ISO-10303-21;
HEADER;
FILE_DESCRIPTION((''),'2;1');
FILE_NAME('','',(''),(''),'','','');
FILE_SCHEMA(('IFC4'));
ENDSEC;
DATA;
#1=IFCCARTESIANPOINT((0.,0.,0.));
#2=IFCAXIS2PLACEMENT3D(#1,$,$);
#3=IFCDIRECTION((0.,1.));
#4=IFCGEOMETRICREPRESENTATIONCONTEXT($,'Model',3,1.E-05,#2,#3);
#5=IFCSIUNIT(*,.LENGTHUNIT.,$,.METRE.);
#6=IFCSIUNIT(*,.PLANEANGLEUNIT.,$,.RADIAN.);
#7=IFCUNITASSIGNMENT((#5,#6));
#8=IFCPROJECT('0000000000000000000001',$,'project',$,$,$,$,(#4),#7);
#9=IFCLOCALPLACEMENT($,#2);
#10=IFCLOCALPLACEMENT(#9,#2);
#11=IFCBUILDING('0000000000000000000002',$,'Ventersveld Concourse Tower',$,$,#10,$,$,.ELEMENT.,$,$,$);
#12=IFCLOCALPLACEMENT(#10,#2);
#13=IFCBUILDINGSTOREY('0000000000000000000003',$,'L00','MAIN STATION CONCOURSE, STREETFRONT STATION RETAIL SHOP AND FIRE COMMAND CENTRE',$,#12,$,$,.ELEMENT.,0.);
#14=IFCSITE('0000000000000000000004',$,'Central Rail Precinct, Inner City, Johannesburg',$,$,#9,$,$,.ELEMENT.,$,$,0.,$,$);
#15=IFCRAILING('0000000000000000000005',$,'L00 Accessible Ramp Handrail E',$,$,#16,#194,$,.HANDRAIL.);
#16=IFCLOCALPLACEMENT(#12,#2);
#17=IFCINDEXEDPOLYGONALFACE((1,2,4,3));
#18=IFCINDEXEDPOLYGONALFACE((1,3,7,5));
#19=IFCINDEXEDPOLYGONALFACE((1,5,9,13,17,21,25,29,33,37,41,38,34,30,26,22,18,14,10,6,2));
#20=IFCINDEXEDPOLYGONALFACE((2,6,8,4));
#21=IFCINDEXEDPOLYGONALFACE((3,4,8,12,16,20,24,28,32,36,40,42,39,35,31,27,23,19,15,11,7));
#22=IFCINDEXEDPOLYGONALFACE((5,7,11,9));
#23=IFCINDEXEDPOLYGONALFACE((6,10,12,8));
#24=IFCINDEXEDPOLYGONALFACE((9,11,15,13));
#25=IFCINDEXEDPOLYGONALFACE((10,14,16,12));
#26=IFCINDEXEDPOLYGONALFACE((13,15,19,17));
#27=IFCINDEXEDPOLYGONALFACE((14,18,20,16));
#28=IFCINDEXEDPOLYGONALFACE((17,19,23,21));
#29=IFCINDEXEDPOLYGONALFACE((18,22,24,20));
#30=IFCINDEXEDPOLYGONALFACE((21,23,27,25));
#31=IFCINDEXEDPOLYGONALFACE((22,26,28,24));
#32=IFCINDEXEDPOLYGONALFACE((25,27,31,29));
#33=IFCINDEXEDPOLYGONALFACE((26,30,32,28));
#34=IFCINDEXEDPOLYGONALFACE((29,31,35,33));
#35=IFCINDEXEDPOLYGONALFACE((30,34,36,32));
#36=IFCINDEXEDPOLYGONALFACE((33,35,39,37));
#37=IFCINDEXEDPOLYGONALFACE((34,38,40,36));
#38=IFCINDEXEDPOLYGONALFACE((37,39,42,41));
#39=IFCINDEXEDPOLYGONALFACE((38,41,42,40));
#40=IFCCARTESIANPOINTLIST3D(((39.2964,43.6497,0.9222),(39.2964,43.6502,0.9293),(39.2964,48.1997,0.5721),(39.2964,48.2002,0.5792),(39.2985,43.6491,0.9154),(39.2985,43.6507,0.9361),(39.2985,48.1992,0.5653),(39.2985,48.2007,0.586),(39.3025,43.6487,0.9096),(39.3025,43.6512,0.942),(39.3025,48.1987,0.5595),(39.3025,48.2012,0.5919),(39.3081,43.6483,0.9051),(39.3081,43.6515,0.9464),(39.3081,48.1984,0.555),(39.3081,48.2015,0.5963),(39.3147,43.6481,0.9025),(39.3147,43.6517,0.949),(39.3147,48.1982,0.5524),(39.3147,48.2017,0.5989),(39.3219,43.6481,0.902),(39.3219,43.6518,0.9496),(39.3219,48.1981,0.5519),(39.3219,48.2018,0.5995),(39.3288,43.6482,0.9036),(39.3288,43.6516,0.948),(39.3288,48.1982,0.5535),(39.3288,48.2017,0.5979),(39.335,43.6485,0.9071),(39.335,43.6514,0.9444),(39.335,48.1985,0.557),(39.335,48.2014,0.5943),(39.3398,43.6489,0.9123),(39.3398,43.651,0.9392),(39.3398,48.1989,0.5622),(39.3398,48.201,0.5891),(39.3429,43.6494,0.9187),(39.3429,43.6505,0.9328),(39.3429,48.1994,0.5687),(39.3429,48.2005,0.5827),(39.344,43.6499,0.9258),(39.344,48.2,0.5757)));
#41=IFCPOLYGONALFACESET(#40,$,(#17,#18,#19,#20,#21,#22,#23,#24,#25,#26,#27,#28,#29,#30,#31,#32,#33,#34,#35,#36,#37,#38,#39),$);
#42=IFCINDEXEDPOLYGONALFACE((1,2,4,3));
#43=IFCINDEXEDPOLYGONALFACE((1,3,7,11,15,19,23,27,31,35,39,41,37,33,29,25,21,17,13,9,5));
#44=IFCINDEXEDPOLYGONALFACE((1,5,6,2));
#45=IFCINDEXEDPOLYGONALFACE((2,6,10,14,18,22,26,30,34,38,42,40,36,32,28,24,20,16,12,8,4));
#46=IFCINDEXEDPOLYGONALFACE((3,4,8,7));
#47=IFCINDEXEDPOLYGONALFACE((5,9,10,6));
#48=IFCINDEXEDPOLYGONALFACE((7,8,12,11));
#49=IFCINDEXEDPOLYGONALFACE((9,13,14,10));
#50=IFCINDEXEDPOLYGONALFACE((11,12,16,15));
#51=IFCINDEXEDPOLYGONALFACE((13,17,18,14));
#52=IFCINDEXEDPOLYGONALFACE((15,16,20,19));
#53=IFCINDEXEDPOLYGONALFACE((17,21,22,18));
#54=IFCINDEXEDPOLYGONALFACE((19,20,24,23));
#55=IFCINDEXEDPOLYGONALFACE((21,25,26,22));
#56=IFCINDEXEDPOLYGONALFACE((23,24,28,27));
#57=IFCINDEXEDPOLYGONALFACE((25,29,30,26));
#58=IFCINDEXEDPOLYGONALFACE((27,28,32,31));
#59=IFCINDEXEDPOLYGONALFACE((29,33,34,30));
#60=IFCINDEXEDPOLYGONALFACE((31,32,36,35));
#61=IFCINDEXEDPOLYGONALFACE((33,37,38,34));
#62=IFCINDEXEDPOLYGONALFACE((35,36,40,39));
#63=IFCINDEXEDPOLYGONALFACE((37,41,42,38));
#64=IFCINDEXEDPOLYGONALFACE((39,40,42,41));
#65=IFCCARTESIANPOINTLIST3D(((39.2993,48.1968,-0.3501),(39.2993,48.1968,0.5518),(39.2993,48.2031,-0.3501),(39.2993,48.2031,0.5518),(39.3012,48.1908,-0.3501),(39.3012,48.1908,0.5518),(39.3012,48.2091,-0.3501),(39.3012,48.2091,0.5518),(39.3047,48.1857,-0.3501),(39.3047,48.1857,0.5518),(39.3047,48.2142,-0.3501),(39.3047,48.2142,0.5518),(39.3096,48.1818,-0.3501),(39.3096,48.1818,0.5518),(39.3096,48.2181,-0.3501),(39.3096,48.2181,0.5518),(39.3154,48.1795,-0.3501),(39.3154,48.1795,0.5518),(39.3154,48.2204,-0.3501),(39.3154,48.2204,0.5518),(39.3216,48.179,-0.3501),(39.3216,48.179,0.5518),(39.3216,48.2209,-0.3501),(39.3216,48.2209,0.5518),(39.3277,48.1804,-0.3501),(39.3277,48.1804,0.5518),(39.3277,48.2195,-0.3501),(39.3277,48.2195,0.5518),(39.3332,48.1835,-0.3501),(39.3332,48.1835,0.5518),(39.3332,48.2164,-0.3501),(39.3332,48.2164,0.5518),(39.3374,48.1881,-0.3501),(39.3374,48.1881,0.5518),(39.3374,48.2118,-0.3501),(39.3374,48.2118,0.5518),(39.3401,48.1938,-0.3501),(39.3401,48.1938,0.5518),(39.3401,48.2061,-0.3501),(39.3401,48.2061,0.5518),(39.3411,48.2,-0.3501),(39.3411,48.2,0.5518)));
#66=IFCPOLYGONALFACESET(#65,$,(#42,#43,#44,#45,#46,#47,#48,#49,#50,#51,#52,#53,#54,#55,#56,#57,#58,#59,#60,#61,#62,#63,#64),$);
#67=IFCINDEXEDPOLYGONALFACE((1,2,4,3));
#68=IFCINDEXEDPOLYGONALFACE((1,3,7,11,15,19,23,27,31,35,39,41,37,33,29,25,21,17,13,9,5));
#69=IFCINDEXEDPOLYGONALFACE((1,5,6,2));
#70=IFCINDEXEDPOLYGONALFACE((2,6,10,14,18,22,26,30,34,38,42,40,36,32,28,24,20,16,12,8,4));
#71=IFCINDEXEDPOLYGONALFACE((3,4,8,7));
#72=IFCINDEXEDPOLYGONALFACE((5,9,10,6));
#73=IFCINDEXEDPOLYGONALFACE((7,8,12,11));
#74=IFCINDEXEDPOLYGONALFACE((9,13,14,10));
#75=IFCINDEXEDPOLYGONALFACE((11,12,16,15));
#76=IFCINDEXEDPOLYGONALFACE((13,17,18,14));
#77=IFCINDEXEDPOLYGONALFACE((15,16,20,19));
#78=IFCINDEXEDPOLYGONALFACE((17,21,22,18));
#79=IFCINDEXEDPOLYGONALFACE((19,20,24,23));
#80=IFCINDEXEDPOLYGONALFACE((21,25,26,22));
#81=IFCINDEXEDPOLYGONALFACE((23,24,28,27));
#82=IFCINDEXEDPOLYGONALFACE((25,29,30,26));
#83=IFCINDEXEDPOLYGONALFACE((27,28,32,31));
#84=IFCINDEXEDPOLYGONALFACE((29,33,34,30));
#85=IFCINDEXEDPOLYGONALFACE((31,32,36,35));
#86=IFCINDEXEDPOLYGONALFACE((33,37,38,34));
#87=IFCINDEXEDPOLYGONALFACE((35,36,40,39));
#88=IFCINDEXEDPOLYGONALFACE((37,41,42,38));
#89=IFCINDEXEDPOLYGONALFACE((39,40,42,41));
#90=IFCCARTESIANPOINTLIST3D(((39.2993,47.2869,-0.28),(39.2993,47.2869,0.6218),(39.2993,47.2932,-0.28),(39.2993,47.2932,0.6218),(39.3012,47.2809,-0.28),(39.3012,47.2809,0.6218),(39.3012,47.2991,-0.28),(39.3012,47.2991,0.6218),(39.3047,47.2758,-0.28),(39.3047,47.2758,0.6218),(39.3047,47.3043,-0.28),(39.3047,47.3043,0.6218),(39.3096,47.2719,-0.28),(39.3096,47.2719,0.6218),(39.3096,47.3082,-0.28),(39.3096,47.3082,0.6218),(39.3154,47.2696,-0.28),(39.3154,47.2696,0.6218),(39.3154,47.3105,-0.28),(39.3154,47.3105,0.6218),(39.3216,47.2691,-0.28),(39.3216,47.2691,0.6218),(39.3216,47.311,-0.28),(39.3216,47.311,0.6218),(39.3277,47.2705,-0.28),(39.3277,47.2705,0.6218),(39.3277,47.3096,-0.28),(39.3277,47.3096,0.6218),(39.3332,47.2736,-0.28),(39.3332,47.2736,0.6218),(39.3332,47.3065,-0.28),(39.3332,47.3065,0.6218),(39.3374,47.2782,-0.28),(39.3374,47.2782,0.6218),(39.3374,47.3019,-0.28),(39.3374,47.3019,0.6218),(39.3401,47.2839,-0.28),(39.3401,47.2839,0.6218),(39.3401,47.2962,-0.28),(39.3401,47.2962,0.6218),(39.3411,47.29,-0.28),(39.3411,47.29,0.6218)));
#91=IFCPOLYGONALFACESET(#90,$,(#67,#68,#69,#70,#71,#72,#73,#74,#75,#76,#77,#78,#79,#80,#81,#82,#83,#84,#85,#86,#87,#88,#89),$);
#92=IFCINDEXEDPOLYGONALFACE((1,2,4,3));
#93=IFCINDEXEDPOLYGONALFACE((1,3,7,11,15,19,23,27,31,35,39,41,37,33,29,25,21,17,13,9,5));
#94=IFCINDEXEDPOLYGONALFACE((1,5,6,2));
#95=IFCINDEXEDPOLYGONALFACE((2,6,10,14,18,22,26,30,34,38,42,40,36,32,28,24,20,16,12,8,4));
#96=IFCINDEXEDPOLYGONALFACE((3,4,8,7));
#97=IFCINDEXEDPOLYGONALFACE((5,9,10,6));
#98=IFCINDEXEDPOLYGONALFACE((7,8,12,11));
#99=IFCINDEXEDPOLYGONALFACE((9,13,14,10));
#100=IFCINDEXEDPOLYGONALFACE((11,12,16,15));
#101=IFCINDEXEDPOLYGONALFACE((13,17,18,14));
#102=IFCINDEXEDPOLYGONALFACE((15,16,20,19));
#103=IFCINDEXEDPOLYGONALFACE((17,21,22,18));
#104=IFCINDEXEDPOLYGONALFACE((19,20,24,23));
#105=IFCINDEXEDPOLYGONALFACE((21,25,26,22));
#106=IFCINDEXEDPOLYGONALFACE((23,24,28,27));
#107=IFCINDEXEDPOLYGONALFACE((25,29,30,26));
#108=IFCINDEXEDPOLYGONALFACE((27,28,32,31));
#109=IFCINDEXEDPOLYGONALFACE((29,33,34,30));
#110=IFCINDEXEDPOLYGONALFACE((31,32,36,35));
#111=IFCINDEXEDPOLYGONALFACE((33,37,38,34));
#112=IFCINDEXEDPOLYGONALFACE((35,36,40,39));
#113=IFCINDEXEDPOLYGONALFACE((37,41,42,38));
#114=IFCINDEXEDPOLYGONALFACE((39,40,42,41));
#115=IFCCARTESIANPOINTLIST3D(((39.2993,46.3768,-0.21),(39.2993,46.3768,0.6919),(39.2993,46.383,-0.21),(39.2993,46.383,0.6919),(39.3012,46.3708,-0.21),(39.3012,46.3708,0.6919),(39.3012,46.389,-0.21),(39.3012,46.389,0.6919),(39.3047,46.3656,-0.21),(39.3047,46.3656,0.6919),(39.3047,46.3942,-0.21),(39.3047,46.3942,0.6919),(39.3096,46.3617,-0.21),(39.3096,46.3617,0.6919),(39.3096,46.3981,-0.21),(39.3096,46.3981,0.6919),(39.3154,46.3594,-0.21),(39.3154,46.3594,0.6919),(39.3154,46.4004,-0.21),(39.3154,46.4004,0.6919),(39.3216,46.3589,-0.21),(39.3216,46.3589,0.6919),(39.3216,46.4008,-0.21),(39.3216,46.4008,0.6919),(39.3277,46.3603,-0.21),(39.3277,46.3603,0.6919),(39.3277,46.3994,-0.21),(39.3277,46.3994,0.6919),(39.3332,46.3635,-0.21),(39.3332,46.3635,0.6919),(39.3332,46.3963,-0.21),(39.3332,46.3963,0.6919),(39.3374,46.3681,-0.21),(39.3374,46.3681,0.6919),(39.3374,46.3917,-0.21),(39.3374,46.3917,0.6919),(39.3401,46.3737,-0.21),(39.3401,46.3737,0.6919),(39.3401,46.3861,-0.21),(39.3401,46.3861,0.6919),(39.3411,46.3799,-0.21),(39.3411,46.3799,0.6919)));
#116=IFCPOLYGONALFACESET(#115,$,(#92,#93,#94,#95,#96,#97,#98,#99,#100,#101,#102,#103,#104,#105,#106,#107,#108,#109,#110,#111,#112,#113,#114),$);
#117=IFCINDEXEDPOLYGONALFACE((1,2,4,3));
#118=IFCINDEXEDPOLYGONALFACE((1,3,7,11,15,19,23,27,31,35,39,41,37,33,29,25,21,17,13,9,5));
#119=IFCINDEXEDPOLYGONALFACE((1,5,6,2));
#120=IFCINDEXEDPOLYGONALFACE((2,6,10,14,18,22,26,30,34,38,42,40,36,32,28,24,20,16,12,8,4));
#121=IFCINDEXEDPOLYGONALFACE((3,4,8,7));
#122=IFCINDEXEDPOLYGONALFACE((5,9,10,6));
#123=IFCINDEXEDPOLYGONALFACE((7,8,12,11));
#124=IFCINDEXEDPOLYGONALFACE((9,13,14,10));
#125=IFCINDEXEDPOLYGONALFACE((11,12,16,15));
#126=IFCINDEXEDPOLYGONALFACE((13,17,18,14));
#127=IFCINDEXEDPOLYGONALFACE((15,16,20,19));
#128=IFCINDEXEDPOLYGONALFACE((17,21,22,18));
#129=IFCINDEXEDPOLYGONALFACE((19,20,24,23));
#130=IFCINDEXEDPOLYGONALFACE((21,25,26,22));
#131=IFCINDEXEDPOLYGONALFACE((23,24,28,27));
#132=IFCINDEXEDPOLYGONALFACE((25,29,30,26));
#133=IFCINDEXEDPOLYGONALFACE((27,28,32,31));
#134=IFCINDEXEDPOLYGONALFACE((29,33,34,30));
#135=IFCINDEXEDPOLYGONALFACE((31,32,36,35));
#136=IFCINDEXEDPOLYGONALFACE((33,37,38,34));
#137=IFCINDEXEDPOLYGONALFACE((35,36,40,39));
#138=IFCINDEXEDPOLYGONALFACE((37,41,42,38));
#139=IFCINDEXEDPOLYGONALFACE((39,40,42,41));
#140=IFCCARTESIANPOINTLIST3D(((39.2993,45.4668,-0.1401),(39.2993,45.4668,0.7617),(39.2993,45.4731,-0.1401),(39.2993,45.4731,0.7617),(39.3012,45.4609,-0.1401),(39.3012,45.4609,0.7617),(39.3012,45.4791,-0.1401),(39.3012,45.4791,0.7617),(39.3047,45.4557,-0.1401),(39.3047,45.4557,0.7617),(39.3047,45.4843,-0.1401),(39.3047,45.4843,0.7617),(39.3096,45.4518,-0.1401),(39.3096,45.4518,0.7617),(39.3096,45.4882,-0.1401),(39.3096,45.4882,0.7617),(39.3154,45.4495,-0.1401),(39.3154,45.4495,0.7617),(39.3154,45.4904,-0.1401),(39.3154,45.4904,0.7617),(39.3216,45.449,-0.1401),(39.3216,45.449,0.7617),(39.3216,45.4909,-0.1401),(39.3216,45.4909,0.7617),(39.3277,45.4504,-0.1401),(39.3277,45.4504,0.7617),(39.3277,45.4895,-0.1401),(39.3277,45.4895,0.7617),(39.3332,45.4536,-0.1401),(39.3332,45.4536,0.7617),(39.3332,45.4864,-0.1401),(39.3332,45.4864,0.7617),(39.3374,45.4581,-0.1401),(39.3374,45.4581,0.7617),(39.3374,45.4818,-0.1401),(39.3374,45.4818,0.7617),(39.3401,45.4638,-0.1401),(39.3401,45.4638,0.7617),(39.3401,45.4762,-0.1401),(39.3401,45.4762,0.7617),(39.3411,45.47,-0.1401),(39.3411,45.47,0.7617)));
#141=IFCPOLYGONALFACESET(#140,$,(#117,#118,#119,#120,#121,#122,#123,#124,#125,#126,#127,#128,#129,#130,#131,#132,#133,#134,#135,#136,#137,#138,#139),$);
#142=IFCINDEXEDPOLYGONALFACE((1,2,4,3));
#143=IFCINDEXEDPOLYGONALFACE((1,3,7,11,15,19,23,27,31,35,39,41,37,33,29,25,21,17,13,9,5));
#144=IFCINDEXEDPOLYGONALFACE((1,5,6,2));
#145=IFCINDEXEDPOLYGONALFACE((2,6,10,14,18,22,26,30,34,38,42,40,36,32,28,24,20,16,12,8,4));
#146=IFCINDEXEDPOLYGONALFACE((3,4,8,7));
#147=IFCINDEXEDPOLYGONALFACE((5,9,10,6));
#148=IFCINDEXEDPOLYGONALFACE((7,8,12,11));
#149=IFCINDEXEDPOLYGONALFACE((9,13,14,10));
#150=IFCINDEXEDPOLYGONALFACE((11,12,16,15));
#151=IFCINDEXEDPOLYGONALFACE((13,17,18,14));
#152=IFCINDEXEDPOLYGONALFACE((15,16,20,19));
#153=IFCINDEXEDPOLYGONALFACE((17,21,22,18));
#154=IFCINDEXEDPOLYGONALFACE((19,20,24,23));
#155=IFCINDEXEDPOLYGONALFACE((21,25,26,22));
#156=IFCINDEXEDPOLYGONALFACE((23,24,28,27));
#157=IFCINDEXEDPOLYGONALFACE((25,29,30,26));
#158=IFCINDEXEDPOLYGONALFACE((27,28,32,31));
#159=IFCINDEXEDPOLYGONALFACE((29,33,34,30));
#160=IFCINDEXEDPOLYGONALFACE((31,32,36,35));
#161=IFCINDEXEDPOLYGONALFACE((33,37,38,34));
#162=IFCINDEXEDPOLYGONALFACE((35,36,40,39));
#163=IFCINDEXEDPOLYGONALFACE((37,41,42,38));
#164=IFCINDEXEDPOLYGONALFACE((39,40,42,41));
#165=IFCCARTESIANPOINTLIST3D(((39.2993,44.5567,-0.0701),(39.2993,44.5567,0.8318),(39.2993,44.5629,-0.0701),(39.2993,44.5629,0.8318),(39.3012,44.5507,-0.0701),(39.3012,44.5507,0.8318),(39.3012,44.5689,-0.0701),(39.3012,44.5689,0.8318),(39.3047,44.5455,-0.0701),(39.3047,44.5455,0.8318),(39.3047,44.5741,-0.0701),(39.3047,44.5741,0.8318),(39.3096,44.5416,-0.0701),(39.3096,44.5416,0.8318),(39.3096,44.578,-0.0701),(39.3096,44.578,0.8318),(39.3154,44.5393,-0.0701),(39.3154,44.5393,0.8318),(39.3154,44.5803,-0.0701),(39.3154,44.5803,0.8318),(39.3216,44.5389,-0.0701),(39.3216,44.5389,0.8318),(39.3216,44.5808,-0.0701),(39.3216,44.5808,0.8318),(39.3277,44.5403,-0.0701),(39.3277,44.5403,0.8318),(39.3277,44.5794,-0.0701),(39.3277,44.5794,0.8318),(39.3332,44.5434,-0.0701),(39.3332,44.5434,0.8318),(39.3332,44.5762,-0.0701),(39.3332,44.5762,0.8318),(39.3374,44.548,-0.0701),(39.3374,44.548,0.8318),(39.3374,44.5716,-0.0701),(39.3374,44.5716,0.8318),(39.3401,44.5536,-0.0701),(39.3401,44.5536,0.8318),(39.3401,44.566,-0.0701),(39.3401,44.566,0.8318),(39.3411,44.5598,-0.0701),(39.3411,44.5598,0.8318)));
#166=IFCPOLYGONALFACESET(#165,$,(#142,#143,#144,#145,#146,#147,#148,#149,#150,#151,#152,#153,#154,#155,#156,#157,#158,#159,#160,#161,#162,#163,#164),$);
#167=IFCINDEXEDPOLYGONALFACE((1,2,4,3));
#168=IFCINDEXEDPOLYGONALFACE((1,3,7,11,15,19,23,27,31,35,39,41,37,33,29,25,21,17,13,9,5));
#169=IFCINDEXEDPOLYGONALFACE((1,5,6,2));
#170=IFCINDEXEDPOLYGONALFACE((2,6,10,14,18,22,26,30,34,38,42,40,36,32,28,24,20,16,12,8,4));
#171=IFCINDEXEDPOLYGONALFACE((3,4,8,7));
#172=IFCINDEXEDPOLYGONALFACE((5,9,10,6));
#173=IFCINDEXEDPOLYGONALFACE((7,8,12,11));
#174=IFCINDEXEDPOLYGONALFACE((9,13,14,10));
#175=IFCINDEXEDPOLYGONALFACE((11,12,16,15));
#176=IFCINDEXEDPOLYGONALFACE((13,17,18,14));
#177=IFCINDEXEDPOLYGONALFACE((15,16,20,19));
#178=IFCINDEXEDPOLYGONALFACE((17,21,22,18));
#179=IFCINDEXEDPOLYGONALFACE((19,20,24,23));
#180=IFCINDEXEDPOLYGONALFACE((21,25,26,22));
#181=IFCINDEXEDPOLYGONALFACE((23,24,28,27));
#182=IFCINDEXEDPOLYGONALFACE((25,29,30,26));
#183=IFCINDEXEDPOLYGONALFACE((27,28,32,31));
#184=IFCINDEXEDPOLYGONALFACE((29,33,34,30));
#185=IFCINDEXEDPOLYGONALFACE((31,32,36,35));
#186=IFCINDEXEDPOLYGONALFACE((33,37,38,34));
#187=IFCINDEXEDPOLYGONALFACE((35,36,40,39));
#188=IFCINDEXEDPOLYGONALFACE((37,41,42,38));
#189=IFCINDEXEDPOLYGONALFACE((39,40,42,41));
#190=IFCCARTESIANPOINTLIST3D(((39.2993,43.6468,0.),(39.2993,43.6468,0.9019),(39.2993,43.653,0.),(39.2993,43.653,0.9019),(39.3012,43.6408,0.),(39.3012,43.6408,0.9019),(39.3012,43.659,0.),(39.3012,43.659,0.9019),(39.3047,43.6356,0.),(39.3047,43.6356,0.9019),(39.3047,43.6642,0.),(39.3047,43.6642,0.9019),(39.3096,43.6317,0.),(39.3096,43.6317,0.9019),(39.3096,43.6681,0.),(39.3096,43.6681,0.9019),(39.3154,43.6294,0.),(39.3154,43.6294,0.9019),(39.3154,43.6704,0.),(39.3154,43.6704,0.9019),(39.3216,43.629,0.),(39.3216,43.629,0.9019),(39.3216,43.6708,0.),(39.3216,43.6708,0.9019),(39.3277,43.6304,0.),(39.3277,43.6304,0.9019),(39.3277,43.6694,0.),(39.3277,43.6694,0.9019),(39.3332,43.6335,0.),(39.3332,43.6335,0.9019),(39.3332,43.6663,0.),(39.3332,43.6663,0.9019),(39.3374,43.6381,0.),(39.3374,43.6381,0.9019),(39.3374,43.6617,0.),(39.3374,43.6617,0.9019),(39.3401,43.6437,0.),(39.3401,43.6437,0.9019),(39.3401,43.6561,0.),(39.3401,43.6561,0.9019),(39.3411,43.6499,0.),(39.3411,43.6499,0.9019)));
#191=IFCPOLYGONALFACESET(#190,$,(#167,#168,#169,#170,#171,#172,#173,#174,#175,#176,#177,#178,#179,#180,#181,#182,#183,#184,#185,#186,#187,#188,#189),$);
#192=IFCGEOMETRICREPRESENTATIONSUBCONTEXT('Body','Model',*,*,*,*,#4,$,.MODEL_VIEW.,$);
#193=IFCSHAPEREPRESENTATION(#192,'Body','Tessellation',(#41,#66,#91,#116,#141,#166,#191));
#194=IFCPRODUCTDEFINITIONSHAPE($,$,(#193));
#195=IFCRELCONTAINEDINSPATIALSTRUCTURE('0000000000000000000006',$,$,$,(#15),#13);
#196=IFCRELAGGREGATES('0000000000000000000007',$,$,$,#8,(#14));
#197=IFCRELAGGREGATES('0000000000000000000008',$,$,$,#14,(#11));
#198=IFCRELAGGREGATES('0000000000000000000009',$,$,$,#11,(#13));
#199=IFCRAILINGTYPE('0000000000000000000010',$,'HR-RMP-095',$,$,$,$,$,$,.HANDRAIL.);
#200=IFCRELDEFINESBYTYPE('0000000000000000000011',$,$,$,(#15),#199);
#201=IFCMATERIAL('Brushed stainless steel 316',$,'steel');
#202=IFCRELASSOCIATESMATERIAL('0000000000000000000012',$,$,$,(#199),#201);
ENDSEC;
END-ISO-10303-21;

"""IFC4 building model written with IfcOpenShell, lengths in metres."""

from ifc_helpers import new_model, si_unit, direction, frame, origin, origin_2d, place, context, subcontext, project, spatial, circle, extrude, material, type_object, element, save


model = new_model("IFC4")

# Units and contexts
model_context = context("Model", 3, precision=1e-05, world=origin(), true_north=direction((0.0, 1.0)))
body_context = subcontext(model_context, "Body", "Model", "MODEL_VIEW")
ifc_project = project(units=[si_unit("LENGTHUNIT", "METRE"), si_unit("PLANEANGLEUNIT", "RADIAN")], contexts=[model_context])

# Site, building, storey
site_placement = place(None, origin())
site = spatial("IfcSite", under=ifc_project, at=site_placement, Name="Central Rail Precinct, Inner City, Johannesburg", CompositionType="ELEMENT", RefElevation=0.0)
building_placement = place(site_placement, origin())
building = spatial("IfcBuilding", under=site, at=building_placement, Name="Ventersveld Concourse Tower", CompositionType="ELEMENT")
storey_placement = place(building_placement, origin())
storey = spatial("IfcBuildingStorey", under=building, at=storey_placement, Name="L00", Description="MAIN STATION CONCOURSE, STREETFRONT STATION RETAIL SHOP AND FIRE COMMAND CENTRE", CompositionType="ELEMENT", Elevation=0.0)

# Railing
ifc_material_1 = material(Name="Brushed stainless steel 316", Category="steel")
railing_type = type_object("IfcRailingType", Name="HR-RMP-095", PredefinedType="HANDRAIL", material=ifc_material_1)
for number, where, name in (
    (1, (39.3201, 48.2, -0.3501), "L00 Accessible Ramp Handrail E"),
):
    element("IfcRailing", number, at=place(storey_placement, frame(where)), inside=storey, type_object=railing_type, Name=name, PredefinedType="HANDRAIL", context=body_context, shape_type="SweptSolid", body=[
        extrude(circle(Radius=0.0239, at=origin_2d()), frame((0.0, 0.0, 0.9258), z_axis=(0.0, -0.997053, 0.076717), x_axis=(1.0, 0.0, 0.0)), (0.0, 0.0, 1.0), 4.5635),
        extrude(circle(Radius=0.021, at=origin_2d()), origin(), (0.0, 0.0, 1.0), 0.9019),
        extrude(circle(Radius=0.021, at=origin_2d()), frame((0.0, -0.9099, 0.0701)), (0.0, 0.0, 1.0), 0.9019),
        extrude(circle(Radius=0.021, at=origin_2d()), frame((0.0, -1.8201, 0.1401)), (0.0, 0.0, 1.0), 0.9019),
        extrude(circle(Radius=0.021, at=origin_2d()), frame((0.0, -2.73, 0.21)), (0.0, 0.0, 1.0), 0.9019),
        extrude(circle(Radius=0.021, at=origin_2d()), frame((0.0, -3.6401, 0.28)), (0.0, 0.0, 1.0), 0.9019),
        extrude(circle(Radius=0.021, at=origin_2d()), frame((0.0, -4.55, 0.3501)), (0.0, 0.0, 1.0), 0.9019),
    ])

save(model, "model.ifc")
